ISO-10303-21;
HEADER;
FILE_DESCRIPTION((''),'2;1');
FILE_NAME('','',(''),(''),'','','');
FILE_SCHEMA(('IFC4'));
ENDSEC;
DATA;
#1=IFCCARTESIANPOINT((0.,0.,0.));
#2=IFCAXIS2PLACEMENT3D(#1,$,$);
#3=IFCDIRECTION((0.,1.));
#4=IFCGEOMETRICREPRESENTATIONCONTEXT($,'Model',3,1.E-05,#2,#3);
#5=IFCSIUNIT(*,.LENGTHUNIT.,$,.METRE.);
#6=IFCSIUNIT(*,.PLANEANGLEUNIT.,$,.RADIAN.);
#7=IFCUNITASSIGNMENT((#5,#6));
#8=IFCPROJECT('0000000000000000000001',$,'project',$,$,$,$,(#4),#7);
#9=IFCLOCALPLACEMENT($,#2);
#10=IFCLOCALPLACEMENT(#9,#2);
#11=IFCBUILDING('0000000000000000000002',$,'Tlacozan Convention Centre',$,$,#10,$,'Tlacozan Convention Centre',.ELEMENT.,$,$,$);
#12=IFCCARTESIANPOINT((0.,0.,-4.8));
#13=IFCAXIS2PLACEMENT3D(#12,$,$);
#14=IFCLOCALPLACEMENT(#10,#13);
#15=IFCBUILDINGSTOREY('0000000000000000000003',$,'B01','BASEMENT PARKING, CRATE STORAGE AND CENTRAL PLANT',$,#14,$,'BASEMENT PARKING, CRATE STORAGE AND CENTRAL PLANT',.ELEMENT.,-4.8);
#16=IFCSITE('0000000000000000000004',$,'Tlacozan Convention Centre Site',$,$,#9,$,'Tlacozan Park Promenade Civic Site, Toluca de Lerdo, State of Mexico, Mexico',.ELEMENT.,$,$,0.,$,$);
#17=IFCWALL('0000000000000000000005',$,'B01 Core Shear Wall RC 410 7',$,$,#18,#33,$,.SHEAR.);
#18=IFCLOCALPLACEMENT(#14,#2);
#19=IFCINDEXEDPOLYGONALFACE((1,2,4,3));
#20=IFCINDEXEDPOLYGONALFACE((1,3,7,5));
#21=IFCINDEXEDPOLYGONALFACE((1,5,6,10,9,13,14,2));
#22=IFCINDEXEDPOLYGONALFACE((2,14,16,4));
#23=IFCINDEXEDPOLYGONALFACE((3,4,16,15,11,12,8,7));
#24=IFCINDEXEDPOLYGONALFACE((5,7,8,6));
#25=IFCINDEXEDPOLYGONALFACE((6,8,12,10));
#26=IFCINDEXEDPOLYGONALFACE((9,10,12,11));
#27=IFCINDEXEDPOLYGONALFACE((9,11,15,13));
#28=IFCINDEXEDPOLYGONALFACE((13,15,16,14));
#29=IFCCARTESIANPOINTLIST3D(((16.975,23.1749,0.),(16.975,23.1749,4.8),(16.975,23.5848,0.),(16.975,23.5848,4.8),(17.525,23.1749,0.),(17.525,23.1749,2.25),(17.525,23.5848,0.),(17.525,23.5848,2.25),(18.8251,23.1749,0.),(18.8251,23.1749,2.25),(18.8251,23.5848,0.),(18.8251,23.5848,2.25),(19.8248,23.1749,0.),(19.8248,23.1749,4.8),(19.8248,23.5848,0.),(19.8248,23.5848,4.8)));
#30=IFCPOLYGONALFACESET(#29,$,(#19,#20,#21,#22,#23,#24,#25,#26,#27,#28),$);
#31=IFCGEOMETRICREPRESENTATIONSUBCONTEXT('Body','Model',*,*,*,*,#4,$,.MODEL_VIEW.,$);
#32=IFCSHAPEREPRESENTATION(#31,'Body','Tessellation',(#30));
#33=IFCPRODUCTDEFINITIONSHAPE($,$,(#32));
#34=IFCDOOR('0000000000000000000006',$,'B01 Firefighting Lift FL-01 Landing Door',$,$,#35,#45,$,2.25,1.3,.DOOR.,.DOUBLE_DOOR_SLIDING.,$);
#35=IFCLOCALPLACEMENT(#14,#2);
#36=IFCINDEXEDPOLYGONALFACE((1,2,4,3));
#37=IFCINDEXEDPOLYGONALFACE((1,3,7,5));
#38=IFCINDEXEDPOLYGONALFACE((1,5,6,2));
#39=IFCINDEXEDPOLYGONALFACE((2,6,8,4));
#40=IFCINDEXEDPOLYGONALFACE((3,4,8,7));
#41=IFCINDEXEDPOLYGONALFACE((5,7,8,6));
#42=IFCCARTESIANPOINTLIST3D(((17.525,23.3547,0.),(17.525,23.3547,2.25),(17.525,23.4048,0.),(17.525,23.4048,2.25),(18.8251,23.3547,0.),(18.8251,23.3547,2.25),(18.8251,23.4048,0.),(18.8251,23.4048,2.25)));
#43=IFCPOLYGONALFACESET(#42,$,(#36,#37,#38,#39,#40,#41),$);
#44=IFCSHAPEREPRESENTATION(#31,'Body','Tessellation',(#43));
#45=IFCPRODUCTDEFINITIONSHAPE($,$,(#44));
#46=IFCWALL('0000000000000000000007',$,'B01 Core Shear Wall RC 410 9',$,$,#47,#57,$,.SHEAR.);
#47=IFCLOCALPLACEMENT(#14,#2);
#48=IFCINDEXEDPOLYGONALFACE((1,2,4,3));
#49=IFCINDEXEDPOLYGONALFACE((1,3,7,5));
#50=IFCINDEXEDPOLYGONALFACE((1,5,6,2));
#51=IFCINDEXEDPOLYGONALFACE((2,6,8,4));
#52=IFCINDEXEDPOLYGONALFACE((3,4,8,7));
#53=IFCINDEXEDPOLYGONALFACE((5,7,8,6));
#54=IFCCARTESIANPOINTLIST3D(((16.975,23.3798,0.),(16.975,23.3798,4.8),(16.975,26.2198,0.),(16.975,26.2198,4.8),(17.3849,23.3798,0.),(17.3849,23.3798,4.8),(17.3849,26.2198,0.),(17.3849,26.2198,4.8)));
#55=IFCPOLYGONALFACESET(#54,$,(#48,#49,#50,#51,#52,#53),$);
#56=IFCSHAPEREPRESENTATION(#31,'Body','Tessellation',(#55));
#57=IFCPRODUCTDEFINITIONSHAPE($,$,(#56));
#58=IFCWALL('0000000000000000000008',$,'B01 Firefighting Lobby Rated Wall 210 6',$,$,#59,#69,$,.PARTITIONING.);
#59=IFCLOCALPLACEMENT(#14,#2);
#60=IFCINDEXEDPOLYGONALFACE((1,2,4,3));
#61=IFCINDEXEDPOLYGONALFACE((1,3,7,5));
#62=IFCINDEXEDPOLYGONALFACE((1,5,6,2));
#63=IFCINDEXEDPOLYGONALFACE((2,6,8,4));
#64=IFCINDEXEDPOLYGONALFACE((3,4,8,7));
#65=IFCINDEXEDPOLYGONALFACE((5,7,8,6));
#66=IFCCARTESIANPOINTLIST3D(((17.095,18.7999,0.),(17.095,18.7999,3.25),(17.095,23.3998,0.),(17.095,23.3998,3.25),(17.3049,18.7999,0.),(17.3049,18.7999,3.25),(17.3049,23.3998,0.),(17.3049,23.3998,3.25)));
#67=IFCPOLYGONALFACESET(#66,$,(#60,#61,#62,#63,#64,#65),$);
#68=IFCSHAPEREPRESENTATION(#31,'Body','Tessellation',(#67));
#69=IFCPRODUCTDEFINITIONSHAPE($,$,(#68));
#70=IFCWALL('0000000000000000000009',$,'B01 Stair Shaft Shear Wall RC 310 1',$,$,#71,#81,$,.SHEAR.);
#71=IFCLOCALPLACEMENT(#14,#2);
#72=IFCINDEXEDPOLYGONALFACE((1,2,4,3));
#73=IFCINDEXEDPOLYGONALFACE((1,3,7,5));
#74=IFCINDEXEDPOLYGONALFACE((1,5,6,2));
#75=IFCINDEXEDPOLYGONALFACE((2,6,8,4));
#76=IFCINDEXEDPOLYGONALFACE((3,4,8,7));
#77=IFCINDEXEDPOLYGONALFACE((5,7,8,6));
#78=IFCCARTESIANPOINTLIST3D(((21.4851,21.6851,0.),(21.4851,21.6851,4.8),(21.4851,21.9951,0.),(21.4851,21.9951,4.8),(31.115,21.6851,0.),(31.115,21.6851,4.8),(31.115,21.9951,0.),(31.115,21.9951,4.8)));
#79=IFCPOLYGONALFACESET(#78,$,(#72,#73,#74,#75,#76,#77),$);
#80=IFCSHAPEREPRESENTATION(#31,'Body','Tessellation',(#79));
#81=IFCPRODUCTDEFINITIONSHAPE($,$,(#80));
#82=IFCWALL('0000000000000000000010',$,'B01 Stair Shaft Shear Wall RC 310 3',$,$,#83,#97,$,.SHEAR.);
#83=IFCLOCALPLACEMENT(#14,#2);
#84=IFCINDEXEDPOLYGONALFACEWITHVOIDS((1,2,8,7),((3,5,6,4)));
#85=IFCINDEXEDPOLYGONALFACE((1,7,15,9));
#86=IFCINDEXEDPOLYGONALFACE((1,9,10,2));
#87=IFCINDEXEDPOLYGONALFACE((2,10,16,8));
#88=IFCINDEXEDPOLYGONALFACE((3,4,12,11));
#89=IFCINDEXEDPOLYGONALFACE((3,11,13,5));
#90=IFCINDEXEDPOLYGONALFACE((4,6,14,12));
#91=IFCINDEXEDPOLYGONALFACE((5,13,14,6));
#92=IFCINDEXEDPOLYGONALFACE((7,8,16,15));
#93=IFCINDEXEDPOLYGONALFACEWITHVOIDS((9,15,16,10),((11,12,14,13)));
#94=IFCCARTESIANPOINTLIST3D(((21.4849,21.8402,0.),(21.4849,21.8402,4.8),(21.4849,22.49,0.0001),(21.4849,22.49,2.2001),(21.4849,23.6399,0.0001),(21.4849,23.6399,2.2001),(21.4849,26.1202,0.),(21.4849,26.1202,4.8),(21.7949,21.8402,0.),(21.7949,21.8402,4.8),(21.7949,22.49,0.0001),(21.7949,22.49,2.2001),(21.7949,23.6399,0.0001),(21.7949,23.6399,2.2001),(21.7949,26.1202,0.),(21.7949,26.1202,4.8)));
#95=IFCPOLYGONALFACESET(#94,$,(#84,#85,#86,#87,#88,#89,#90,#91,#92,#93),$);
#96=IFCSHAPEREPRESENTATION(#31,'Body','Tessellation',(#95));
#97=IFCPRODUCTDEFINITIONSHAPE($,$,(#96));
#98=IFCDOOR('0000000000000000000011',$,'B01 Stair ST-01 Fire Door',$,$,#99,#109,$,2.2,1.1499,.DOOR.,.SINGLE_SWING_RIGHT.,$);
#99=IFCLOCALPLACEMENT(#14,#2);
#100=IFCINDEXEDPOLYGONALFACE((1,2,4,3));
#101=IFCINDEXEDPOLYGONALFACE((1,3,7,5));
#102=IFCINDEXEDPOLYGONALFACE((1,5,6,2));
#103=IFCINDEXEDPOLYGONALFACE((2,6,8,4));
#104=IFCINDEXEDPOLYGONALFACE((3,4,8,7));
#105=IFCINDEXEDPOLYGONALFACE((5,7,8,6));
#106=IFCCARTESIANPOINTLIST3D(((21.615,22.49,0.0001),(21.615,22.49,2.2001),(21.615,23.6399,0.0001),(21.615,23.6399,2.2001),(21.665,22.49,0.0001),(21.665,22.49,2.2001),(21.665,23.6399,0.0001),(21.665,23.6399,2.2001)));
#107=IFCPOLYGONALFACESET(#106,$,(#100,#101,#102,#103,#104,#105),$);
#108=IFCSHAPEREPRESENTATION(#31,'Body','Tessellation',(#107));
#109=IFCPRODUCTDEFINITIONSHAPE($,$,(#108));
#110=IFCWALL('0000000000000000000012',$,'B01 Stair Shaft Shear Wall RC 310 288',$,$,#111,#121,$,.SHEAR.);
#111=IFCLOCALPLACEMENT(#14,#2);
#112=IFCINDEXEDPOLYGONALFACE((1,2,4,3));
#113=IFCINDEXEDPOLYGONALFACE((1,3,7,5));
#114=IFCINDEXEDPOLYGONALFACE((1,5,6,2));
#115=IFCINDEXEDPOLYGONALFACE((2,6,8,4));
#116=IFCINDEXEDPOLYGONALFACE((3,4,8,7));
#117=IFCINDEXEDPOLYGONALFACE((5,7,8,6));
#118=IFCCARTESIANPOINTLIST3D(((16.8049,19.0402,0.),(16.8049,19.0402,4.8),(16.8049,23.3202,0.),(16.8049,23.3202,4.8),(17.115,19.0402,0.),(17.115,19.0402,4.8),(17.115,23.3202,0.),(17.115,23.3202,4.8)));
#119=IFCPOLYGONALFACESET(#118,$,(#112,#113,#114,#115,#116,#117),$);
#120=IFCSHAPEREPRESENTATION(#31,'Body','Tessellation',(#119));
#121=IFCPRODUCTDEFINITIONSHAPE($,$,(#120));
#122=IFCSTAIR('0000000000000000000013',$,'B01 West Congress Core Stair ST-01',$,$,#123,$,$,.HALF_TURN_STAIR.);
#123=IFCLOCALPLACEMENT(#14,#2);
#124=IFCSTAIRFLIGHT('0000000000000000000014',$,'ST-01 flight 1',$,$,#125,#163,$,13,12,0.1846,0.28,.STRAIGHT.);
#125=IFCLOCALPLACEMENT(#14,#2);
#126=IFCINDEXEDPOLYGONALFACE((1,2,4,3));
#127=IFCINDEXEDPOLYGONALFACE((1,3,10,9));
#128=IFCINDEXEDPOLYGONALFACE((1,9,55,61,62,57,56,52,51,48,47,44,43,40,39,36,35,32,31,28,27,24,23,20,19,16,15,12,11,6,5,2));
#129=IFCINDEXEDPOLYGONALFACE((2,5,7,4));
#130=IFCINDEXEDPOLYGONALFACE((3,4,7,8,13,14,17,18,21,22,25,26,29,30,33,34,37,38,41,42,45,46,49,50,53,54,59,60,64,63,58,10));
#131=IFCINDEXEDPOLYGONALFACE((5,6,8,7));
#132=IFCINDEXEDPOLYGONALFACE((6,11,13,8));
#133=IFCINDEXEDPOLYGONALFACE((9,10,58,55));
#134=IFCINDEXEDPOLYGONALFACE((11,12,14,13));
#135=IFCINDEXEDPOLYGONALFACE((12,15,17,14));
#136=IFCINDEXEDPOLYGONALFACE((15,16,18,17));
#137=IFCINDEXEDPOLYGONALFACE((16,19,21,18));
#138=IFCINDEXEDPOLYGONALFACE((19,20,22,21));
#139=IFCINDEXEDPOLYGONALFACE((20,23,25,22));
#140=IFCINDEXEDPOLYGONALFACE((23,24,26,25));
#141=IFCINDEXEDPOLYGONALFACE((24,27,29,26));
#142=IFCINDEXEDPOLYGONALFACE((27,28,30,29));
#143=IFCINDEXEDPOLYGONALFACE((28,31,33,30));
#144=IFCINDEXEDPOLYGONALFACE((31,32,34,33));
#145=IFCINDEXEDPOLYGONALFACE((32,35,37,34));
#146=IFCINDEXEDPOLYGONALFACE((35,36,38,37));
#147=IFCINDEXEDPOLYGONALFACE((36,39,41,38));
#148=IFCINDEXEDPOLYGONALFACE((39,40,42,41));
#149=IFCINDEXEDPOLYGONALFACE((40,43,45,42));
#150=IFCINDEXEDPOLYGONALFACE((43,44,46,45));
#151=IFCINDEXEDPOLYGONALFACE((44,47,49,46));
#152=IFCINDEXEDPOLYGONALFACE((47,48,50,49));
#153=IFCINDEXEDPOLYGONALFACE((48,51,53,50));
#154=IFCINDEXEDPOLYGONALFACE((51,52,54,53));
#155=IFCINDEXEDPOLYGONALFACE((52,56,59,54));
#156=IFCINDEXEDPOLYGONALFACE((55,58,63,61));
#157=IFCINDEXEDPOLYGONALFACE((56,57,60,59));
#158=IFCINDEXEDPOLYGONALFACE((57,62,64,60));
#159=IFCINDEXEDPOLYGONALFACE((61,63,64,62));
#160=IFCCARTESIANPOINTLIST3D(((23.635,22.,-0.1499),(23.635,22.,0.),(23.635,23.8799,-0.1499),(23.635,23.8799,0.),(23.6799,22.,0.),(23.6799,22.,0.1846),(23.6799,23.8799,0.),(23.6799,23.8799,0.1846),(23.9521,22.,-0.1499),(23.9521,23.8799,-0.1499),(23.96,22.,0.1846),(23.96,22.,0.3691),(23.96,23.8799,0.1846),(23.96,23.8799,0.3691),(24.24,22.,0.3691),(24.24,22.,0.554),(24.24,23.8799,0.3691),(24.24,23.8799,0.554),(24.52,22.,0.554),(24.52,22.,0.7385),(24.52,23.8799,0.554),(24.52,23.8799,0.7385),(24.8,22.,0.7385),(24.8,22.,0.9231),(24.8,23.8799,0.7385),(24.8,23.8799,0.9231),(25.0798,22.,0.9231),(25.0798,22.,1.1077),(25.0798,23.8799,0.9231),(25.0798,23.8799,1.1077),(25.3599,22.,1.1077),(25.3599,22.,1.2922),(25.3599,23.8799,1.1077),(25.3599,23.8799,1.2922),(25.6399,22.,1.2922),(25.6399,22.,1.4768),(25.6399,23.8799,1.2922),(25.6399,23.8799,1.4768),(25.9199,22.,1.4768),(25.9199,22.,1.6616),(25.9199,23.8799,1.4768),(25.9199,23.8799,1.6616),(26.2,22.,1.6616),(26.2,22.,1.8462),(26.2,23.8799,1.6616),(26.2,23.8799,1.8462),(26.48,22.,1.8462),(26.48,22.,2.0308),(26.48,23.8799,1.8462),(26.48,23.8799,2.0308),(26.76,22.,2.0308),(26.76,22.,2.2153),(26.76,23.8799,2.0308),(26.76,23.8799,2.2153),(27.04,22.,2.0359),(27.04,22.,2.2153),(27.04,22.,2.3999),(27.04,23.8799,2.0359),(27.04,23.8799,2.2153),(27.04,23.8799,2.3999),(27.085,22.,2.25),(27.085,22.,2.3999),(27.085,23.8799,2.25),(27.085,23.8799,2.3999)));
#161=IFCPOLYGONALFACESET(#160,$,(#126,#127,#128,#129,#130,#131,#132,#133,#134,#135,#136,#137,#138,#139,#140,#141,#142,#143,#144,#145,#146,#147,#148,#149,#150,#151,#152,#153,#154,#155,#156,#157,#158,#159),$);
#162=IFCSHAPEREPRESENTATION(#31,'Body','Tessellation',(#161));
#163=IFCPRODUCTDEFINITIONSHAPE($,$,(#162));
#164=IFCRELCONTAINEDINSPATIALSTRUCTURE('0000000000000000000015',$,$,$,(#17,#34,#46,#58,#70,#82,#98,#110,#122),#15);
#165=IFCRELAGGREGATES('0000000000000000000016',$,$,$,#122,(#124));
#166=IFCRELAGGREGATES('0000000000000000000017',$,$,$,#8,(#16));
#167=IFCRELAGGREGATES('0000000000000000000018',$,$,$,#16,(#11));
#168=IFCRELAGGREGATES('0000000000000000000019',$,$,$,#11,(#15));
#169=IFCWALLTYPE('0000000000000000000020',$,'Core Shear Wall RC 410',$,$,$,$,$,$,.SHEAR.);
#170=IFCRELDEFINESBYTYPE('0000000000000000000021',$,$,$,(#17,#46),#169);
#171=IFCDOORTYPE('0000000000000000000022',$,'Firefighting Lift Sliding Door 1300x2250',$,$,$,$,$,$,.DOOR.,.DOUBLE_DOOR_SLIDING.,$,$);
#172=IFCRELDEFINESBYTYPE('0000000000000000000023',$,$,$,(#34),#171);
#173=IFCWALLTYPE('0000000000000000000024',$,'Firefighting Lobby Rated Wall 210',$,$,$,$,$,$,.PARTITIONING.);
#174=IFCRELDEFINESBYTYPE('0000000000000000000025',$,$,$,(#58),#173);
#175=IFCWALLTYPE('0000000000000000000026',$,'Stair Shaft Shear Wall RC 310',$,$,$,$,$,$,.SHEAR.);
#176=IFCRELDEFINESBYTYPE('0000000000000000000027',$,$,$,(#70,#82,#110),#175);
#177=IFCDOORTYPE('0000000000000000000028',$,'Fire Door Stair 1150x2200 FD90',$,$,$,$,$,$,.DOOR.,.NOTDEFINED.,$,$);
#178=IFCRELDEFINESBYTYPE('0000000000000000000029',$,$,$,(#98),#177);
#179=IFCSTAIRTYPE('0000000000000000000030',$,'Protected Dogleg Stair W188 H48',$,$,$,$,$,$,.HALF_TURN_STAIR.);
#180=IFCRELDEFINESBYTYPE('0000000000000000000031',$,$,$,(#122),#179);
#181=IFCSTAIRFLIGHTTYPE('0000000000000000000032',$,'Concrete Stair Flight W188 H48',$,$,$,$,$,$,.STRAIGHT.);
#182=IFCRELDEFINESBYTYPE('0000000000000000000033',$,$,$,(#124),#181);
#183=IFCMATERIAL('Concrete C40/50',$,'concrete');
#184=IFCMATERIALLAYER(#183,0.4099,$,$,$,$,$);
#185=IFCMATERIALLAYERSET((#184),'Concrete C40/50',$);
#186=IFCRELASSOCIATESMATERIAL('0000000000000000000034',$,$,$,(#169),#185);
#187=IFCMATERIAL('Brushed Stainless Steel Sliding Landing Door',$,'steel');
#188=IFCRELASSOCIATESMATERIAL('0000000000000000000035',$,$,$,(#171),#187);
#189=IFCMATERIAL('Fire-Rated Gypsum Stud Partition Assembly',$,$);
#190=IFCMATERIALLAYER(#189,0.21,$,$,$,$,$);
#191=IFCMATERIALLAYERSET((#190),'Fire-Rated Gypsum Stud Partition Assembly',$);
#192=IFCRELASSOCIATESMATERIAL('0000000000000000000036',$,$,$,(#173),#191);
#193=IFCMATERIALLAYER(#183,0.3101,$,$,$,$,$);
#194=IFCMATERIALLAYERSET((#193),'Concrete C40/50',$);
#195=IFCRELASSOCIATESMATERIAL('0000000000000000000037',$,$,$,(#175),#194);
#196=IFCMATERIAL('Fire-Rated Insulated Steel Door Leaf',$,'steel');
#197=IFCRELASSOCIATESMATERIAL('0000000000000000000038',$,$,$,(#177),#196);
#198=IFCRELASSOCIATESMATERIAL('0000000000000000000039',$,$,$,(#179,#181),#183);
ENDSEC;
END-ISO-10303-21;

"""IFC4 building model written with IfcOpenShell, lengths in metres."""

from ifc_helpers import new_model, si_unit, direction, frame, frame_2d, origin, place, context, subcontext, project, spatial, polyline, rectangle, outline, extrude, material, layer, layer_set, type_object, element, fill, aggregate, save


model = new_model("IFC4")

# Units and contexts
model_context = context("Model", 3, precision=1e-05, world=origin(), true_north=direction((0.0, 1.0)))
body_context = subcontext(model_context, "Body", "Model", "MODEL_VIEW")
ifc_project = project(units=[si_unit("LENGTHUNIT", "METRE"), si_unit("PLANEANGLEUNIT", "RADIAN")], contexts=[model_context])

# Site, building, storey
site_placement = place(None, origin())
site = spatial("IfcSite", under=ifc_project, at=site_placement, Name="Tlacozan Convention Centre Site", LongName="Tlacozan Park Promenade Civic Site, Toluca de Lerdo, State of Mexico, Mexico", CompositionType="ELEMENT", RefElevation=0.0)
building_placement = place(site_placement, origin())
building = spatial("IfcBuilding", under=site, at=building_placement, Name="Tlacozan Convention Centre", LongName="Tlacozan Convention Centre", CompositionType="ELEMENT")
storey_placement = place(building_placement, frame((0.0, 0.0, -4.8)))
storey = spatial("IfcBuildingStorey", under=building, at=storey_placement, Name="B01", Description="BASEMENT PARKING, CRATE STORAGE AND CENTRAL PLANT", LongName="BASEMENT PARKING, CRATE STORAGE AND CENTRAL PLANT", CompositionType="ELEMENT", Elevation=-4.8)

# Shared definitions
ifc_material_1 = material(Name="Concrete C40/50", Category="concrete")

# Wall, opening, door
ifc_layer_1 = layer(ifc_material_1, 0.4099)
ifc_layer_set_1 = layer_set([ifc_layer_1], Name="Concrete C40/50")
wall_type_1 = type_object("IfcWallType", Name="Core Shear Wall RC 410", PredefinedType="SHEAR", material=ifc_layer_set_1)
wall_1_placement = place(storey_placement, frame((16.9751, 23.3799, 0.0), z_axis=(0.0, 0.0, 1.0), x_axis=(1.0, 0.0, 0.0)))
wall_1 = element("IfcWall", 1, at=wall_1_placement, inside=storey, type_object=wall_type_1, Name="B01 Core Shear Wall RC 410 7", PredefinedType="SHEAR", context=body_context, shape_type="SweptSolid", body=[
    extrude(rectangle(XDim=2.8499, YDim=0.4099, at=frame_2d((1.4248, 0.0))), origin(), (0.0, 0.0, 1.0), 4.8),
])
opening_1_placement = place(wall_1_placement, frame((0.55, 0.0, 0.0)))
opening_1 = element("IfcOpeningElement", 2, at=opening_1_placement, cuts=wall_1, PredefinedType="OPENING", context=body_context, shape_type="SweptSolid", body=[
    extrude(rectangle(XDim=1.3, YDim=2.25, at=frame_2d((0.6499, 1.125))), frame((0.0, 0.2148, 0.0), z_axis=(0.0, -1.0, 0.0), x_axis=(1.0, 0.0, 0.0)), (0.0, 0.0, 1.0), 0.4299),
])
ifc_material_2 = material(Name="Brushed Stainless Steel Sliding Landing Door", Category="steel")
door_type_1 = type_object("IfcDoorType", Name="Firefighting Lift Sliding Door 1300x2250", OperationType="DOUBLE_DOOR_SLIDING", PredefinedType="DOOR", material=ifc_material_2)
door_1_placement = place(opening_1_placement, origin())
door_1 = element("IfcDoor", 3, at=door_1_placement, inside=storey, type_object=door_type_1, Name="B01 Firefighting Lift FL-01 Landing Door", OperationType="DOUBLE_DOOR_SLIDING", OverallHeight=2.25, OverallWidth=1.3, PredefinedType="DOOR", context=body_context, shape_type="SweptSolid", body=[
    extrude(rectangle(XDim=1.3, YDim=2.25, at=frame_2d((0.6499, 1.125))), frame((0.0, 0.0249, 0.0), z_axis=(0.0, -1.0, 0.0), x_axis=(1.0, 0.0, 0.0)), (0.0, 0.0, 1.0), 0.05),
])
fill(opening_1, door_1)

# Wall
wall_2_placement = place(storey_placement, frame((17.1799, 23.3799, 0.0), z_axis=(0.0, 0.0, 1.0), x_axis=(0.0, 1.0, 0.0)))
element("IfcWall", 4, at=wall_2_placement, inside=storey, type_object=wall_type_1, Name="B01 Core Shear Wall RC 410 9", PredefinedType="SHEAR", context=body_context, shape_type="SweptSolid", body=[
    extrude(rectangle(XDim=2.8401, YDim=0.4099, at=frame_2d((1.4199, 0.0))), origin(), (0.0, 0.0, 1.0), 4.8),
])

# Shared definitions
ifc_material_3 = material(Name="Fire-Rated Gypsum Stud Partition Assembly")
ifc_layer_2 = layer(ifc_material_3, 0.21)
ifc_layer_set_2 = layer_set([ifc_layer_2], Name="Fire-Rated Gypsum Stud Partition Assembly")
wall_type_2 = type_object("IfcWallType", Name="Firefighting Lobby Rated Wall 210", PredefinedType="PARTITIONING", material=ifc_layer_set_2)
ifc_material_4 = material(Name="Fire-Rated Insulated Steel Door Leaf", Category="steel")

# Walls
wall_3_placement = place(storey_placement, frame((17.2, 18.8, 0.0), z_axis=(0.0, 0.0, 1.0), x_axis=(0.0, 1.0, 0.0)))
element("IfcWall", 5, at=wall_3_placement, inside=storey, type_object=wall_type_2, Name="B01 Firefighting Lobby Rated Wall 210 6", PredefinedType="PARTITIONING", context=body_context, shape_type="SweptSolid", body=[
    extrude(rectangle(XDim=4.5999, YDim=0.21, at=frame_2d((2.2998, 0.0))), origin(), (0.0, 0.0, 1.0), 3.25),
])
ifc_layer_3 = layer(ifc_material_1, 0.3101)
ifc_layer_set_3 = layer_set([ifc_layer_3], Name="Concrete C40/50")
wall_type_3 = type_object("IfcWallType", Name="Stair Shaft Shear Wall RC 310", PredefinedType="SHEAR", material=ifc_layer_set_3)
wall_4_placement = place(storey_placement, frame((21.4851, 21.8401, 0.0), z_axis=(0.0, 0.0, 1.0), x_axis=(1.0, 0.0, 0.0)))
element("IfcWall", 6, at=wall_4_placement, inside=storey, type_object=wall_type_3, Name="B01 Stair Shaft Shear Wall RC 310 1", PredefinedType="SHEAR", context=body_context, shape_type="SweptSolid", body=[
    extrude(rectangle(XDim=9.6299, YDim=0.3101, at=frame_2d((4.8149, 0.0))), origin(), (0.0, 0.0, 1.0), 4.8),
])

# Wall, opening, door
wall_5_placement = place(storey_placement, frame((21.6399, 21.8401, 0.0), z_axis=(0.0, 0.0, 1.0), x_axis=(0.0, 1.0, 0.0)))
wall_5 = element("IfcWall", 7, at=wall_5_placement, inside=storey, type_object=wall_type_3, Name="B01 Stair Shaft Shear Wall RC 310 3", PredefinedType="SHEAR", context=body_context, shape_type="SweptSolid", body=[
    extrude(rectangle(XDim=4.28, YDim=0.3101, at=frame_2d((2.1401, 0.0))), origin(), (0.0, 0.0, 1.0), 4.8),
])
opening_2_placement = place(wall_5_placement, frame((0.6499, 0.0, 0.0)))
opening_2 = element("IfcOpeningElement", 8, at=opening_2_placement, cuts=wall_5, PredefinedType="OPENING", context=body_context, shape_type="SweptSolid", body=[
    extrude(rectangle(XDim=1.1499, YDim=2.2, at=frame_2d((0.575, 1.1001))), frame((0.0, 0.165, 0.0), z_axis=(0.0, -1.0, 0.0), x_axis=(1.0, 0.0, 0.0)), (0.0, 0.0, 1.0), 0.3301),
])
door_type_2 = type_object("IfcDoorType", Name="Fire Door Stair 1150x2200 FD90", OperationType="NOTDEFINED", PredefinedType="DOOR", material=ifc_material_4)
door_2_placement = place(opening_2_placement, origin())
door_2 = element("IfcDoor", 9, at=door_2_placement, inside=storey, type_object=door_type_2, Name="B01 Stair ST-01 Fire Door", OperationType="SINGLE_SWING_RIGHT", OverallHeight=2.2, OverallWidth=1.1499, PredefinedType="DOOR", context=body_context, shape_type="SweptSolid", body=[
    extrude(rectangle(XDim=1.1499, YDim=2.2, at=frame_2d((0.575, 1.1001))), frame((0.0, 0.0249, 0.0), z_axis=(0.0, -1.0, 0.0), x_axis=(1.0, 0.0, 0.0)), (0.0, 0.0, 1.0), 0.05),
])
fill(opening_2, door_2)

# Wall
wall_6_placement = place(storey_placement, frame((16.96, 19.04, 0.0), z_axis=(0.0, 0.0, 1.0), x_axis=(0.0, 1.0, 0.0)))
element("IfcWall", 10, at=wall_6_placement, inside=storey, type_object=wall_type_3, Name="B01 Stair Shaft Shear Wall RC 310 288", PredefinedType="SHEAR", context=body_context, shape_type="SweptSolid", body=[
    extrude(rectangle(XDim=4.28, YDim=0.3101, at=frame_2d((2.1401, 0.0))), origin(), (0.0, 0.0, 1.0), 4.8),
])

# Stair, stair flight
stair_type = type_object("IfcStairType", Name="Protected Dogleg Stair W188 H48", PredefinedType="HALF_TURN_STAIR", material=ifc_material_1)
stair_placement = place(storey_placement, origin())
stair = element("IfcStair", 11, at=stair_placement, inside=storey, type_object=stair_type, Name="B01 West Congress Core Stair ST-01", PredefinedType="HALF_TURN_STAIR")
stair_flight_type = type_object("IfcStairFlightType", Name="Concrete Stair Flight W188 H48", PredefinedType="STRAIGHT", material=ifc_material_1)
stair_flight_placement = place(storey_placement, frame((23.6799, 22.9399, 0.0), z_axis=(0.0, 0.0, 1.0), x_axis=(1.0, 0.0, 0.0)))
stair_flight = element("IfcStairFlight", 12, at=stair_flight_placement, type_object=stair_flight_type, Name="ST-01 flight 1", NumberOfRisers=13, NumberOfTreads=12, PredefinedType="STRAIGHT", RiserHeight=0.1846, TreadLength=0.28, context=body_context, shape_type="SweptSolid", body=[
    extrude(outline(polyline([(-0.0449, -0.1499), (-0.0449, 0.0), (0.0, 0.0), (0.0, 0.1846), (0.28, 0.1846), (0.28, 0.3691), (0.5601, 0.3691), (0.5601, 0.554), (0.8401, 0.554), (0.8401, 0.7385), (1.1201, 0.7385), (1.1201, 0.9231), (1.3999, 0.9231), (1.3999, 1.1077), (1.6799, 1.1077), (1.6799, 1.2922), (1.96, 1.2922), (1.96, 1.4768), (2.24, 1.4768), (2.24, 1.6616), (2.52, 1.6616), (2.52, 1.8462), (2.8, 1.8462), (2.8, 2.0308), (3.0801, 2.0308), (3.0801, 2.2153), (3.3601, 2.2153), (3.3601, 2.3999), (3.405, 2.3999), (3.405, 2.25), (3.3601, 2.0359), (0.2722, -0.1499), (-0.0449, -0.1499)])), frame((0.0, 0.9399, 0.0), z_axis=(0.0, -1.0, 0.0), x_axis=(1.0, 0.0, 0.0)), (0.0, 0.0, 1.0), 1.8799),
])
aggregate(stair, [stair_flight])

save(model, "model.ifc")
